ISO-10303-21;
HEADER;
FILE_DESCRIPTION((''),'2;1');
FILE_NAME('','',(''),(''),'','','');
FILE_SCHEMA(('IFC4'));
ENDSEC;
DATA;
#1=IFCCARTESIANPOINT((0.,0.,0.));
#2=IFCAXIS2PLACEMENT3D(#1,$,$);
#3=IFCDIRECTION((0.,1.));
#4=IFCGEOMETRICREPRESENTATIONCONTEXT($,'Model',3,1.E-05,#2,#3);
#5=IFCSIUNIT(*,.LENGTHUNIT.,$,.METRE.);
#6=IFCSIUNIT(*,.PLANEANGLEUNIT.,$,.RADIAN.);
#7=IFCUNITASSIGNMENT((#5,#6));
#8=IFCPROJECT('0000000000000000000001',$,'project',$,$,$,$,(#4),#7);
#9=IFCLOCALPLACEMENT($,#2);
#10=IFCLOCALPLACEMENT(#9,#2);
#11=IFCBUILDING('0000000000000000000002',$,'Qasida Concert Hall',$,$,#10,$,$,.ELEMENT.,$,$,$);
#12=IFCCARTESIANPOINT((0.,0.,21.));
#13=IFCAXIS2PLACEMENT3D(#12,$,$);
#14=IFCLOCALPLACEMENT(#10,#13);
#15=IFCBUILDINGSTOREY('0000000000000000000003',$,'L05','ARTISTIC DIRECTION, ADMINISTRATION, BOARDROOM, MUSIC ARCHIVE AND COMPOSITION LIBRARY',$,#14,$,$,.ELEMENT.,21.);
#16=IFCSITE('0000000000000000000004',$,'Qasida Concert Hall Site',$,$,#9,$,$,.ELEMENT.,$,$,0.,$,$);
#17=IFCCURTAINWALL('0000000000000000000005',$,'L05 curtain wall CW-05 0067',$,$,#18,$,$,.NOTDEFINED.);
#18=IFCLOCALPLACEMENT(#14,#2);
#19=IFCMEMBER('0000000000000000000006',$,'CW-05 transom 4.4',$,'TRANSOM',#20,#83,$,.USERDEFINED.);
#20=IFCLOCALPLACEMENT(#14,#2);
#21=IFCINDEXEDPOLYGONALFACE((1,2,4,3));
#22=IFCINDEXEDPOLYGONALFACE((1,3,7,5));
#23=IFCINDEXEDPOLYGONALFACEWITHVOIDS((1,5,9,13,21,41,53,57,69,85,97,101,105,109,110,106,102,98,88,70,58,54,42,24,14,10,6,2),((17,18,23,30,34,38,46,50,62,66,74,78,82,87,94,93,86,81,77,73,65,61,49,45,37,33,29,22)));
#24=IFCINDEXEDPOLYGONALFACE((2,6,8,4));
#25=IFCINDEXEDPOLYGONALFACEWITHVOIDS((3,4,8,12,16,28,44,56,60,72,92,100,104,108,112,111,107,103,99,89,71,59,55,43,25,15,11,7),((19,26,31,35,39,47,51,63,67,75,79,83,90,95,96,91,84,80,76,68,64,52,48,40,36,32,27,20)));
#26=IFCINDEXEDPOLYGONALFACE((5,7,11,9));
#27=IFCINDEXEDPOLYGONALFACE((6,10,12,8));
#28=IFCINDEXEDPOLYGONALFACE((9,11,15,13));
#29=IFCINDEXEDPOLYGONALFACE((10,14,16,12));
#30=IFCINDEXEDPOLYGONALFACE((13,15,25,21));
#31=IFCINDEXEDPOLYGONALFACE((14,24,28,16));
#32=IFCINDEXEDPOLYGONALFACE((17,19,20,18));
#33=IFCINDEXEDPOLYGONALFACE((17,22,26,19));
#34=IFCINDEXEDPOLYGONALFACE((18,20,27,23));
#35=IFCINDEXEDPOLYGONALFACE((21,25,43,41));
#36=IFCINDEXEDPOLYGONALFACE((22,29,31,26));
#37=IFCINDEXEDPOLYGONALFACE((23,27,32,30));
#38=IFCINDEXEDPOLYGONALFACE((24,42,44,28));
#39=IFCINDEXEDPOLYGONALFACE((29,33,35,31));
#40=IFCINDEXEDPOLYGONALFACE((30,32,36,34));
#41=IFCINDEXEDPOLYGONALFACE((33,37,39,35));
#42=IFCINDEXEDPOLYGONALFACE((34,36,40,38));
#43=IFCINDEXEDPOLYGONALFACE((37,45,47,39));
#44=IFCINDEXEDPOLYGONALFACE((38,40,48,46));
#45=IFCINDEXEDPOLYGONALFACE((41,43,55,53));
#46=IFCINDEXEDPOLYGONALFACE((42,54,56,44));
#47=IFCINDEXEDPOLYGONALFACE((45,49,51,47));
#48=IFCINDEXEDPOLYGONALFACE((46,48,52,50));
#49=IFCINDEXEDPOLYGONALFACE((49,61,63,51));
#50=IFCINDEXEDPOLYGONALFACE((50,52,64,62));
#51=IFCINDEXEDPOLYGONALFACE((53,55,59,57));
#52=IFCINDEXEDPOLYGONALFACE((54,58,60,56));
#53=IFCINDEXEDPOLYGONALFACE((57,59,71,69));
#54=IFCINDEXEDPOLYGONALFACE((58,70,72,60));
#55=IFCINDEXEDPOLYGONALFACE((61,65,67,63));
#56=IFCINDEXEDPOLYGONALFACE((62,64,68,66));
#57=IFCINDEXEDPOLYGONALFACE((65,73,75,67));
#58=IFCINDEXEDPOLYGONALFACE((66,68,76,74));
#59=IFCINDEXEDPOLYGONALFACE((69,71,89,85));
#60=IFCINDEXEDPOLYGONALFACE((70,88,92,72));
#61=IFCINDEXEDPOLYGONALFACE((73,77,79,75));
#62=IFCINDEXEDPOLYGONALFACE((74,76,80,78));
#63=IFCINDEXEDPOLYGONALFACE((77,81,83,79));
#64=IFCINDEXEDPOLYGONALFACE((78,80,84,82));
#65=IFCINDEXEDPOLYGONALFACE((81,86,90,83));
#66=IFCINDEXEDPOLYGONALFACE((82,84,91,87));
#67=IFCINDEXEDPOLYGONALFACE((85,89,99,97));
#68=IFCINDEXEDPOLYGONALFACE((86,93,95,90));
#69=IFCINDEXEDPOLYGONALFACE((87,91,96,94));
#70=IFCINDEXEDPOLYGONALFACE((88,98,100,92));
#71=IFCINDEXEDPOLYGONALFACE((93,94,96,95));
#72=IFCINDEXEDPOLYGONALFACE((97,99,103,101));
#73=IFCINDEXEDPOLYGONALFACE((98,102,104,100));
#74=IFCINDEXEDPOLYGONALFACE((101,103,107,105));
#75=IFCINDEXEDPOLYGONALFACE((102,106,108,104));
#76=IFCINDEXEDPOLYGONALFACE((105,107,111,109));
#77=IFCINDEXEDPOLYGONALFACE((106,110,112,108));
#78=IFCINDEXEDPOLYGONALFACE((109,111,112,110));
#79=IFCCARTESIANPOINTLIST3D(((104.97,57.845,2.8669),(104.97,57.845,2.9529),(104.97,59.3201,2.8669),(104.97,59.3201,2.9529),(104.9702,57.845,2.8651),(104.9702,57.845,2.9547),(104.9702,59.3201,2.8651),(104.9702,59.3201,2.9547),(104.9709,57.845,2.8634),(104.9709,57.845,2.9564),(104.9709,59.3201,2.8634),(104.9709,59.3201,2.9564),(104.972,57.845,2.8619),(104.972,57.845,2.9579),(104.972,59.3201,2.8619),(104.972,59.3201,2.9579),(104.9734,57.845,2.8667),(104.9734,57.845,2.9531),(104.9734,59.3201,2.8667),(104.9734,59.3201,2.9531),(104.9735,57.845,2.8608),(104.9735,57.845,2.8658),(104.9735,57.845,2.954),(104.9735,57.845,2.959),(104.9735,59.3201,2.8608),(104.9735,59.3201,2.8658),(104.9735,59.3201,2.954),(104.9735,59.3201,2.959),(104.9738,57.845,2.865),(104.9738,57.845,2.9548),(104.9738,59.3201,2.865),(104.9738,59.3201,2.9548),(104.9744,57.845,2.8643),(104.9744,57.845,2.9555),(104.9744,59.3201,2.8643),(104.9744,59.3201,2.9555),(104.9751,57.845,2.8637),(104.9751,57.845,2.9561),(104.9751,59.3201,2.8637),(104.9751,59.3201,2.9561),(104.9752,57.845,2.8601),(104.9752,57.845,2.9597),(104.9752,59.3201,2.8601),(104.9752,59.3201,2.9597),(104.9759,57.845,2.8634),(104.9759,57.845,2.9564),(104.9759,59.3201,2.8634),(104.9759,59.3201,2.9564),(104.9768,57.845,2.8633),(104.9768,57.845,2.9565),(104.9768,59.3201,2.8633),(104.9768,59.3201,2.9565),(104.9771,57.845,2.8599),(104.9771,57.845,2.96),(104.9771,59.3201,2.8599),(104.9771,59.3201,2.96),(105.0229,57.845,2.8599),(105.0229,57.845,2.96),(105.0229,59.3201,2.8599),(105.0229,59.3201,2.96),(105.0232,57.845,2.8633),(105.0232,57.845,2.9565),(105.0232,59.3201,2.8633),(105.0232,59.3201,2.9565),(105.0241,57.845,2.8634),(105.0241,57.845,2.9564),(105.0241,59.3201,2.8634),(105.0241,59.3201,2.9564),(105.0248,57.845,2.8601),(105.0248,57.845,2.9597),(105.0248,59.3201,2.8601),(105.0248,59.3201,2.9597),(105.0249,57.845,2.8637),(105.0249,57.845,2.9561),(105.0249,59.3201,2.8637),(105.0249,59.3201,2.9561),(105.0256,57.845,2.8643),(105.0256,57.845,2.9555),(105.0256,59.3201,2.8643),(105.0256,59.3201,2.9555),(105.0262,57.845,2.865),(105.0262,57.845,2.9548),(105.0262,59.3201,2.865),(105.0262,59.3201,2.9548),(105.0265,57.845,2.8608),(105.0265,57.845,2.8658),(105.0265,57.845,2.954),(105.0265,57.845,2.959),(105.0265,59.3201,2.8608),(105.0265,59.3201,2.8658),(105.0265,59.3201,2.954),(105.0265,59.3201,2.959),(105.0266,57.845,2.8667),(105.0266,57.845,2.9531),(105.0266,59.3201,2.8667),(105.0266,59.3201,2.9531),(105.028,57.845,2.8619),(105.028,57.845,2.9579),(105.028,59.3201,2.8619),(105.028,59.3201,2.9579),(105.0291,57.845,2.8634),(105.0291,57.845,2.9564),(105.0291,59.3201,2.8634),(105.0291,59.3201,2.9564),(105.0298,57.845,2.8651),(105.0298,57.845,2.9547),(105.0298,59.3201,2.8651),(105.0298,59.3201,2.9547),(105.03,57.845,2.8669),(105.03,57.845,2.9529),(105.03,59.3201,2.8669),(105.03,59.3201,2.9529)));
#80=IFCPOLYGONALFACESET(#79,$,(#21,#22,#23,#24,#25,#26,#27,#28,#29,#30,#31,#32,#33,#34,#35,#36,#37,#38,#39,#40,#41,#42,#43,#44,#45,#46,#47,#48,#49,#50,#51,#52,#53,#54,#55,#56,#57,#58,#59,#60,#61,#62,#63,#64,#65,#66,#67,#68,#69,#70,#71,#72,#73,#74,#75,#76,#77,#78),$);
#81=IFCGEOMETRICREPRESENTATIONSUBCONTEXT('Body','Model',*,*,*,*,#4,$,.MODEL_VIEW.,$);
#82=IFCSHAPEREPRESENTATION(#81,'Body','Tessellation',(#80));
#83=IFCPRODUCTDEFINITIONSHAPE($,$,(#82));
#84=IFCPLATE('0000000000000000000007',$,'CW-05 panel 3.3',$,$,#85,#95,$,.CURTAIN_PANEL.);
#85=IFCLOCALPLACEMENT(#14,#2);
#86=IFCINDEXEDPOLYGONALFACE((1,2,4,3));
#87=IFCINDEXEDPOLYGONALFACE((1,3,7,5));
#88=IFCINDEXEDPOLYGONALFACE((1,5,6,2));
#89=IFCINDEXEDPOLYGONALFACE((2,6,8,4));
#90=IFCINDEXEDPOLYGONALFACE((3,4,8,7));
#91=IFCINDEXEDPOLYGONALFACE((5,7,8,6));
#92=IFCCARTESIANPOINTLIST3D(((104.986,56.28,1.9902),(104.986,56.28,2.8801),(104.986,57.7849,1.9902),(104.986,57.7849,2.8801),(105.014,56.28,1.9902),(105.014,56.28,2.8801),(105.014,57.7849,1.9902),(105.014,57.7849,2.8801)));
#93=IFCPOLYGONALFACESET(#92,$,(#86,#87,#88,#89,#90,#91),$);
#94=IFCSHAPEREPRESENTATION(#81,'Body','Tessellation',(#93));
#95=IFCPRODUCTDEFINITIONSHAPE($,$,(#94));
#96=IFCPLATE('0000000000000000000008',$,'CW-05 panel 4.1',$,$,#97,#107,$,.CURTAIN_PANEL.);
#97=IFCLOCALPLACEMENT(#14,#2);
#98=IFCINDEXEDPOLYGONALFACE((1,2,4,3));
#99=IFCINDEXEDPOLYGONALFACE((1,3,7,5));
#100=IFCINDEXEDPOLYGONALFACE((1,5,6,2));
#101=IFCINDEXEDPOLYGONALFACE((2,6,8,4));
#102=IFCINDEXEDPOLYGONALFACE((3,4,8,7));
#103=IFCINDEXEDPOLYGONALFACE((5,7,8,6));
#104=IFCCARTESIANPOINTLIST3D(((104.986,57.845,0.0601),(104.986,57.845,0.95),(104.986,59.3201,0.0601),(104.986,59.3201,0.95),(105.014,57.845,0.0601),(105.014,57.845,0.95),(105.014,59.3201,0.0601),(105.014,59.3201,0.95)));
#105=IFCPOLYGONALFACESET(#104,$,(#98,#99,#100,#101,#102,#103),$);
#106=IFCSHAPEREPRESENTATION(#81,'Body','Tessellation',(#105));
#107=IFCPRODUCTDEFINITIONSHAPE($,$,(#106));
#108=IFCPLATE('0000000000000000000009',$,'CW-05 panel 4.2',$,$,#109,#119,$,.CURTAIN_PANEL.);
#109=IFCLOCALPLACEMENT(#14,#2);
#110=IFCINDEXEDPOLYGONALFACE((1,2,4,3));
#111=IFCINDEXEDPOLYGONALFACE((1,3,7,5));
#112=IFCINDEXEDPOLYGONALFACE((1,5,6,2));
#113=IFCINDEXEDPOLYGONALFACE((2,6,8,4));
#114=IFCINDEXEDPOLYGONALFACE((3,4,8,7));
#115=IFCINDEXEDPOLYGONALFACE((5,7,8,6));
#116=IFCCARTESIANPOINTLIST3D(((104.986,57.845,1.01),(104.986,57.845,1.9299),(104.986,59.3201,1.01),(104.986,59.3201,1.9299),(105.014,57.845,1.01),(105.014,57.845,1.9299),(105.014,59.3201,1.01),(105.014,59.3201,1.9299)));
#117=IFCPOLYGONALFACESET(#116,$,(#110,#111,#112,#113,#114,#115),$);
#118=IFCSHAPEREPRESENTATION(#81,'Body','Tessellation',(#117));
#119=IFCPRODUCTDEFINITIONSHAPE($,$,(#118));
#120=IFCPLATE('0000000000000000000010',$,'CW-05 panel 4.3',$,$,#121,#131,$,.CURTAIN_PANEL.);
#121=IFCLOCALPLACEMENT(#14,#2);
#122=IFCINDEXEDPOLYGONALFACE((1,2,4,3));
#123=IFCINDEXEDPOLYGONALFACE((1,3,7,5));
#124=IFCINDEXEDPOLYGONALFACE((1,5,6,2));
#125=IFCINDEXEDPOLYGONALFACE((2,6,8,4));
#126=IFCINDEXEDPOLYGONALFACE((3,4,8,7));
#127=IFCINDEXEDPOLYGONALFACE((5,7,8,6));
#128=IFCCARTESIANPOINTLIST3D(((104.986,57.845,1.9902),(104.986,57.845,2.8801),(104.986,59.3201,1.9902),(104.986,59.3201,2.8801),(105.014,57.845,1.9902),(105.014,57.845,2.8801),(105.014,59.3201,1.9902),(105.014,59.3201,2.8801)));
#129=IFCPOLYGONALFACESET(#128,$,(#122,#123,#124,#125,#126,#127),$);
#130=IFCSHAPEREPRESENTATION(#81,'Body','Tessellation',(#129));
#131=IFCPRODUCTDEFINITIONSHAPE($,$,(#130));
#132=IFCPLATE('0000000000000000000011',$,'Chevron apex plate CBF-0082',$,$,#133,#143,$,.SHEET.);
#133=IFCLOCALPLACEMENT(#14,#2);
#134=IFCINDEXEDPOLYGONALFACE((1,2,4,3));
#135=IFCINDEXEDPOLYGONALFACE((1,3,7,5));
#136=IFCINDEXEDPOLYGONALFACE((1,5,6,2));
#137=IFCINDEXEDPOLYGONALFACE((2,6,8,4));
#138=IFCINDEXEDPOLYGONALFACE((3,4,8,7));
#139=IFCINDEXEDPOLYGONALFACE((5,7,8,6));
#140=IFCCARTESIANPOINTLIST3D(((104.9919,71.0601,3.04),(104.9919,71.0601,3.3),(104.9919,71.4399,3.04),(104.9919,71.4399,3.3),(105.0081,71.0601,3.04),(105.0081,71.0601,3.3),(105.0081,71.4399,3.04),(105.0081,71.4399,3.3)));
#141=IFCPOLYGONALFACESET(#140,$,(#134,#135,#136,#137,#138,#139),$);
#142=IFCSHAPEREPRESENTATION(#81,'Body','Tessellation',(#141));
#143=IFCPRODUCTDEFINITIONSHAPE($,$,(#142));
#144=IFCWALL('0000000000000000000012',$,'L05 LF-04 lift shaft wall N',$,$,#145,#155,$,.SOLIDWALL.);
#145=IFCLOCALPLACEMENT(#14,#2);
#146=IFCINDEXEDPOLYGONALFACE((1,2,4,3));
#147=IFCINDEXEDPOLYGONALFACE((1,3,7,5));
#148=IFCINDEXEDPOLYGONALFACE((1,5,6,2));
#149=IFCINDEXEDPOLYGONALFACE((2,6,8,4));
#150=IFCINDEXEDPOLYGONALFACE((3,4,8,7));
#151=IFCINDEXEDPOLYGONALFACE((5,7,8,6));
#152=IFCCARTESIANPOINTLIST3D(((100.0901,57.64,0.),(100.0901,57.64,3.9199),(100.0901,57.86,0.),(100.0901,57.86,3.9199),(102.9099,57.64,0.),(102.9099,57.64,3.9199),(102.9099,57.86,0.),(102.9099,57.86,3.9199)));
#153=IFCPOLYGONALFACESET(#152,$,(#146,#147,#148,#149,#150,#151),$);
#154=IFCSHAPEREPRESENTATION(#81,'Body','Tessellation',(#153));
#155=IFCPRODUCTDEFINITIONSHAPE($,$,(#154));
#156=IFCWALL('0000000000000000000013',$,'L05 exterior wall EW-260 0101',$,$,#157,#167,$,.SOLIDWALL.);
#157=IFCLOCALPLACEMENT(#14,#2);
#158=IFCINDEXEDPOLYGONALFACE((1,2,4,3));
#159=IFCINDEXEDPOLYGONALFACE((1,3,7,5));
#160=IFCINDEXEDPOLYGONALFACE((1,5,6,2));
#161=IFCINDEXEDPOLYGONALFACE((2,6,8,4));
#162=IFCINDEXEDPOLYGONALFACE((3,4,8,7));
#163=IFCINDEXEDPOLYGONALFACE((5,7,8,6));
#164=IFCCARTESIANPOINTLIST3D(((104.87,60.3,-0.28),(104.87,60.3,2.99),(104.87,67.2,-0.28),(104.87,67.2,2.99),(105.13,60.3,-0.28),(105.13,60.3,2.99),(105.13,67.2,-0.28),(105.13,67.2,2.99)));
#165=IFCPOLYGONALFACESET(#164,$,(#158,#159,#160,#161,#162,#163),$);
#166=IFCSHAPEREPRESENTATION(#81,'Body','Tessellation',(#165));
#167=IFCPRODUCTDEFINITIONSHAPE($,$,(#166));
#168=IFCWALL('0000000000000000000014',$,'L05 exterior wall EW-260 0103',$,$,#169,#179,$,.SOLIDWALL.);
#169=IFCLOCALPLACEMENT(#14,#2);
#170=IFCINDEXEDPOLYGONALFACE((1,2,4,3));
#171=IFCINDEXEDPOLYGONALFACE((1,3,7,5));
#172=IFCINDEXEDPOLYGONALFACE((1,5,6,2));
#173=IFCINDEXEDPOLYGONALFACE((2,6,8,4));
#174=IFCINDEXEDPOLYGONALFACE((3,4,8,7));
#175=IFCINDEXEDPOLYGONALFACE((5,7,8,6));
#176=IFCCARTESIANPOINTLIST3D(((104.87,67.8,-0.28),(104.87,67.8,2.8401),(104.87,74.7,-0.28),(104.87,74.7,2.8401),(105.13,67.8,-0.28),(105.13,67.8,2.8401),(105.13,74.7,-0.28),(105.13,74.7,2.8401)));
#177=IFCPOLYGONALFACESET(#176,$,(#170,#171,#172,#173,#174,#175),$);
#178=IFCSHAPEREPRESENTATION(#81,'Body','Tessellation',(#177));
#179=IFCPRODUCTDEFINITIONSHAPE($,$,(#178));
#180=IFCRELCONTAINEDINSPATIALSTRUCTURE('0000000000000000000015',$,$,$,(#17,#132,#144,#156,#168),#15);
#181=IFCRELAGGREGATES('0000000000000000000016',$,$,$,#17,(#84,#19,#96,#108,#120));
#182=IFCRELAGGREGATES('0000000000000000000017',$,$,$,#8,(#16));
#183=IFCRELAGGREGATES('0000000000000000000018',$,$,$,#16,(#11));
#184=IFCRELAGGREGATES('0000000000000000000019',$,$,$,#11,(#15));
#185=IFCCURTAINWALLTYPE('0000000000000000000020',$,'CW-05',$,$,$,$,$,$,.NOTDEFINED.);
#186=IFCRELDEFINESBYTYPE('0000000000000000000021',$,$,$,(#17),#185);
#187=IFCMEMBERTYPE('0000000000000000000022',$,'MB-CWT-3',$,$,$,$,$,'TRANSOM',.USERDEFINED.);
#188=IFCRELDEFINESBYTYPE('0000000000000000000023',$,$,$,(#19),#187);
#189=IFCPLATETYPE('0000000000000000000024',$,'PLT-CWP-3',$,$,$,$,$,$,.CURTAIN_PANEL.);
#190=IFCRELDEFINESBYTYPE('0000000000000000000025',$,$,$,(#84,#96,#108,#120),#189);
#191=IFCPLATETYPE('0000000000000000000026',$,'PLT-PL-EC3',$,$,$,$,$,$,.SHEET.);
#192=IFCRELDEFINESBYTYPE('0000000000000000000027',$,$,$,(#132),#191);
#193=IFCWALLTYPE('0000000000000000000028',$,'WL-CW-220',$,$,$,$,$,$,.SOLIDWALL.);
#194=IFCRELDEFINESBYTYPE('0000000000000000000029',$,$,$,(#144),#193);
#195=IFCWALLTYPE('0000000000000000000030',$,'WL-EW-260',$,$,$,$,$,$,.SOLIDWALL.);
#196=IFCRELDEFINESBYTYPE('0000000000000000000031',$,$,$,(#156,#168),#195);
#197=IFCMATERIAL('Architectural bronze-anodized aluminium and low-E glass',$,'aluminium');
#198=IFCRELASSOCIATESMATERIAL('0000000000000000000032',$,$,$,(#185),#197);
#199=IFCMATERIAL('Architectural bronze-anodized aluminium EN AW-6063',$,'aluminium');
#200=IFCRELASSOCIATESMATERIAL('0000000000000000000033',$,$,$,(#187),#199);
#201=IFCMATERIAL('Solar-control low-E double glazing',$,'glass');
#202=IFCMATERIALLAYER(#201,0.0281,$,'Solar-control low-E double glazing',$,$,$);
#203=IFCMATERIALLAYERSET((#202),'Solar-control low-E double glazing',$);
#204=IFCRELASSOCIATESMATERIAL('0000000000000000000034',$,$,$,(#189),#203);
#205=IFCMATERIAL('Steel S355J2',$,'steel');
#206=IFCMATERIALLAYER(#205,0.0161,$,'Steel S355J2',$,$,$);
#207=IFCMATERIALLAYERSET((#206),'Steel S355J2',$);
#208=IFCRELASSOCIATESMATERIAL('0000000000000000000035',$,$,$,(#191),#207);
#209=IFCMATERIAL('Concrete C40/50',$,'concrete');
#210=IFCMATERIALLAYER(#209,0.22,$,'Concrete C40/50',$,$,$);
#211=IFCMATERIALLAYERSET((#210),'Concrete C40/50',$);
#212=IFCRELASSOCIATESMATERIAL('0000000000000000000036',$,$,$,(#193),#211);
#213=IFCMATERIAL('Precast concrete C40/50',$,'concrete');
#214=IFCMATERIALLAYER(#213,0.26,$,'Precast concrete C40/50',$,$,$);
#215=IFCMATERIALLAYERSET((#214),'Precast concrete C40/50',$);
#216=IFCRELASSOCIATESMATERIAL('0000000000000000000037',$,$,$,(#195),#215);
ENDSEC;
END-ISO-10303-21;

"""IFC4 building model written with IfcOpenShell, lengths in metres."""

from ifc_helpers import new_model, si_unit, direction, frame, frame_2d, origin, origin_2d, place, context, subcontext, project, spatial, rectangle, hollow_rectangle, extrude, material, layer, layer_set, material_profile, profile_set, type_object, element, aggregate, save


model = new_model("IFC4")

# Units and contexts
model_context = context("Model", 3, precision=1e-05, world=origin(), true_north=direction((0.0, 1.0)))
body_context = subcontext(model_context, "Body", "Model", "MODEL_VIEW")
ifc_project = project(units=[si_unit("LENGTHUNIT", "METRE"), si_unit("PLANEANGLEUNIT", "RADIAN")], contexts=[model_context])

# Site, building, storey
site_placement = place(None, origin())
site = spatial("IfcSite", under=ifc_project, at=site_placement, Name="Qasida Concert Hall Site", CompositionType="ELEMENT", RefElevation=0.0)
building_placement = place(site_placement, origin())
building = spatial("IfcBuilding", under=site, at=building_placement, Name="Qasida Concert Hall", CompositionType="ELEMENT")
storey_placement = place(building_placement, frame((0.0, 0.0, 21.0)))
storey = spatial("IfcBuildingStorey", under=building, at=storey_placement, Name="L05", Description="ARTISTIC DIRECTION, ADMINISTRATION, BOARDROOM, MUSIC ARCHIVE AND COMPOSITION LIBRARY", CompositionType="ELEMENT", Elevation=21.0)

# Shared definitions
ifc_material_1 = material(Name="Steel S355J2", Category="steel")
ifc_material_2 = material(Name="Concrete C40/50", Category="concrete")

# Curtain wall, member, plates
ifc_material_3 = material(Name="Architectural bronze-anodized aluminium and low-E glass", Category="aluminium")
curtain_wall_type = type_object("IfcCurtainWallType", Name="CW-05", PredefinedType="NOTDEFINED", material=ifc_material_3)
curtain_wall_placement = place(storey_placement, origin())
curtain_wall = element("IfcCurtainWall", 1, at=curtain_wall_placement, inside=storey, type_object=curtain_wall_type, Name="L05 curtain wall CW-05 0067", PredefinedType="NOTDEFINED")
ifc_material_4 = material(Name="Architectural bronze-anodized aluminium EN AW-6063", Category="aluminium")
ifc_material_profile_1 = material_profile(ifc_material_4, hollow_rectangle(XDim=0.0601, YDim=0.1001, WallThickness=0.0034, InnerFilletRadius=0.0034, OuterFilletRadius=0.0071, at=origin_2d()), Name="CWT 100x60x3.5")
ifc_profile_set_1 = profile_set([ifc_material_profile_1], Name="Architectural bronze-anodized aluminium EN AW-6063")
member_type_1 = type_object("IfcMemberType", Name="MB-CWT-3", ElementType="TRANSOM", PredefinedType="USERDEFINED", material=ifc_profile_set_1)
member_1_placement = place(storey_placement, frame((105.0, 57.845, 2.9099), z_axis=(0.0, 1.0, 0.0), x_axis=(-1.0, 0.0, 0.0)))
member_1 = element("IfcMember", 2, at=member_1_placement, type_object=member_type_1, Name="CW-05 transom 4.4", ObjectType="TRANSOM", PredefinedType="USERDEFINED", context=body_context, shape_type="SweptSolid", body=[
    extrude(hollow_rectangle(XDim=0.0601, YDim=0.1001, WallThickness=0.0034, InnerFilletRadius=0.0034, OuterFilletRadius=0.0071, at=origin_2d()), origin(), (0.0, 0.0, 1.0), 1.4751),
])
ifc_material_5 = material(Name="Solar-control low-E double glazing", Category="glass")
ifc_layer_1 = layer(ifc_material_5, 0.0281, Name="Solar-control low-E double glazing")
ifc_layer_set_1 = layer_set([ifc_layer_1], Name="Solar-control low-E double glazing")
plate_type_1 = type_object("IfcPlateType", Name="PLT-CWP-3", PredefinedType="CURTAIN_PANEL", material=ifc_layer_set_1)
plate_1_placement = place(storey_placement, frame((105.0, 57.0325, 1.9902), z_axis=(0.0, 0.0, 1.0), x_axis=(0.0, 1.0, 0.0)))
plate_1 = element("IfcPlate", 3, at=plate_1_placement, type_object=plate_type_1, Name="CW-05 panel 3.3", PredefinedType="CURTAIN_PANEL", context=body_context, shape_type="SweptSolid", body=[
    extrude(rectangle(XDim=1.5049, YDim=0.0281, at=origin_2d()), origin(), (0.0, 0.0, 1.0), 0.8899),
])
plate_2_placement = place(storey_placement, frame((105.0, 58.5825, 0.0601), z_axis=(0.0, 0.0, 1.0), x_axis=(0.0, 1.0, 0.0)))
plate_2 = element("IfcPlate", 4, at=plate_2_placement, type_object=plate_type_1, Name="CW-05 panel 4.1", PredefinedType="CURTAIN_PANEL", context=body_context, shape_type="SweptSolid", body=[
    extrude(rectangle(XDim=1.4751, YDim=0.0281, at=origin_2d()), origin(), (0.0, 0.0, 1.0), 0.8899),
])
plate_3_placement = place(storey_placement, frame((105.0, 58.5825, 1.01), z_axis=(0.0, 0.0, 1.0), x_axis=(0.0, 1.0, 0.0)))
plate_3 = element("IfcPlate", 5, at=plate_3_placement, type_object=plate_type_1, Name="CW-05 panel 4.2", PredefinedType="CURTAIN_PANEL", context=body_context, shape_type="SweptSolid", body=[
    extrude(rectangle(XDim=1.4751, YDim=0.0281, at=origin_2d()), origin(), (0.0, 0.0, 1.0), 0.9199),
])
plate_4_placement = place(storey_placement, frame((105.0, 58.5825, 1.9902), z_axis=(0.0, 0.0, 1.0), x_axis=(0.0, 1.0, 0.0)))
plate_4 = element("IfcPlate", 6, at=plate_4_placement, type_object=plate_type_1, Name="CW-05 panel 4.3", PredefinedType="CURTAIN_PANEL", context=body_context, shape_type="SweptSolid", body=[
    extrude(rectangle(XDim=1.4751, YDim=0.0281, at=origin_2d()), origin(), (0.0, 0.0, 1.0), 0.8899),
])
aggregate(curtain_wall, [plate_1, member_1, plate_2, plate_3, plate_4])

# Plate
ifc_layer_2 = layer(ifc_material_1, 0.0161, Name="Steel S355J2")
ifc_layer_set_2 = layer_set([ifc_layer_2], Name="Steel S355J2")
plate_type_2 = type_object("IfcPlateType", Name="PLT-PL-EC3", PredefinedType="SHEET", material=ifc_layer_set_2)
plate_5_placement = place(storey_placement, frame((105.0, 71.25, 3.04), z_axis=(0.0, 0.0, 1.0), x_axis=(0.0, 1.0, 0.0)))
element("IfcPlate", 7, at=plate_5_placement, inside=storey, type_object=plate_type_2, Name="Chevron apex plate CBF-0082", PredefinedType="SHEET", context=body_context, shape_type="SweptSolid", body=[
    extrude(rectangle(XDim=0.3799, YDim=0.0161, at=origin_2d()), origin(), (0.0, 0.0, 1.0), 0.26),
])

# Walls
ifc_layer_3 = layer(ifc_material_2, 0.22, Name="Concrete C40/50")
ifc_layer_set_3 = layer_set([ifc_layer_3], Name="Concrete C40/50")
wall_type_1 = type_object("IfcWallType", Name="WL-CW-220", PredefinedType="SOLIDWALL", material=ifc_layer_set_3)
wall_1_placement = place(storey_placement, frame((100.0901, 57.75, 0.0), z_axis=(0.0, 0.0, 1.0), x_axis=(1.0, 0.0, 0.0)))
element("IfcWall", 8, at=wall_1_placement, inside=storey, type_object=wall_type_1, Name="L05 LF-04 lift shaft wall N", PredefinedType="SOLIDWALL", context=body_context, shape_type="SweptSolid", body=[
    extrude(rectangle(XDim=2.8198, YDim=0.22, at=frame_2d((1.4099, 0.0))), origin(), (0.0, 0.0, 1.0), 3.9199),
])
ifc_material_6 = material(Name="Precast concrete C40/50", Category="concrete")
ifc_layer_4 = layer(ifc_material_6, 0.26, Name="Precast concrete C40/50")
ifc_layer_set_4 = layer_set([ifc_layer_4], Name="Precast concrete C40/50")
wall_type_2 = type_object("IfcWallType", Name="WL-EW-260", PredefinedType="SOLIDWALL", material=ifc_layer_set_4)
wall_2_placement = place(storey_placement, frame((105.0, 60.3, -0.28), z_axis=(0.0, 0.0, 1.0), x_axis=(0.0, 1.0, 0.0)))
element("IfcWall", 9, at=wall_2_placement, inside=storey, type_object=wall_type_2, Name="L05 exterior wall EW-260 0101", PredefinedType="SOLIDWALL", context=body_context, shape_type="SweptSolid", body=[
    extrude(rectangle(XDim=6.8999, YDim=0.26, at=frame_2d((3.45, 0.0))), origin(), (0.0, 0.0, 1.0), 3.27),
])
wall_3_placement = place(storey_placement, frame((105.0, 67.8, -0.28), z_axis=(0.0, 0.0, 1.0), x_axis=(0.0, 1.0, 0.0)))
element("IfcWall", 10, at=wall_3_placement, inside=storey, type_object=wall_type_2, Name="L05 exterior wall EW-260 0103", PredefinedType="SOLIDWALL", context=body_context, shape_type="SweptSolid", body=[
    extrude(rectangle(XDim=6.8999, YDim=0.26, at=frame_2d((3.45, 0.0))), origin(), (0.0, 0.0, 1.0), 3.1201),
])

save(model, "model.ifc")
